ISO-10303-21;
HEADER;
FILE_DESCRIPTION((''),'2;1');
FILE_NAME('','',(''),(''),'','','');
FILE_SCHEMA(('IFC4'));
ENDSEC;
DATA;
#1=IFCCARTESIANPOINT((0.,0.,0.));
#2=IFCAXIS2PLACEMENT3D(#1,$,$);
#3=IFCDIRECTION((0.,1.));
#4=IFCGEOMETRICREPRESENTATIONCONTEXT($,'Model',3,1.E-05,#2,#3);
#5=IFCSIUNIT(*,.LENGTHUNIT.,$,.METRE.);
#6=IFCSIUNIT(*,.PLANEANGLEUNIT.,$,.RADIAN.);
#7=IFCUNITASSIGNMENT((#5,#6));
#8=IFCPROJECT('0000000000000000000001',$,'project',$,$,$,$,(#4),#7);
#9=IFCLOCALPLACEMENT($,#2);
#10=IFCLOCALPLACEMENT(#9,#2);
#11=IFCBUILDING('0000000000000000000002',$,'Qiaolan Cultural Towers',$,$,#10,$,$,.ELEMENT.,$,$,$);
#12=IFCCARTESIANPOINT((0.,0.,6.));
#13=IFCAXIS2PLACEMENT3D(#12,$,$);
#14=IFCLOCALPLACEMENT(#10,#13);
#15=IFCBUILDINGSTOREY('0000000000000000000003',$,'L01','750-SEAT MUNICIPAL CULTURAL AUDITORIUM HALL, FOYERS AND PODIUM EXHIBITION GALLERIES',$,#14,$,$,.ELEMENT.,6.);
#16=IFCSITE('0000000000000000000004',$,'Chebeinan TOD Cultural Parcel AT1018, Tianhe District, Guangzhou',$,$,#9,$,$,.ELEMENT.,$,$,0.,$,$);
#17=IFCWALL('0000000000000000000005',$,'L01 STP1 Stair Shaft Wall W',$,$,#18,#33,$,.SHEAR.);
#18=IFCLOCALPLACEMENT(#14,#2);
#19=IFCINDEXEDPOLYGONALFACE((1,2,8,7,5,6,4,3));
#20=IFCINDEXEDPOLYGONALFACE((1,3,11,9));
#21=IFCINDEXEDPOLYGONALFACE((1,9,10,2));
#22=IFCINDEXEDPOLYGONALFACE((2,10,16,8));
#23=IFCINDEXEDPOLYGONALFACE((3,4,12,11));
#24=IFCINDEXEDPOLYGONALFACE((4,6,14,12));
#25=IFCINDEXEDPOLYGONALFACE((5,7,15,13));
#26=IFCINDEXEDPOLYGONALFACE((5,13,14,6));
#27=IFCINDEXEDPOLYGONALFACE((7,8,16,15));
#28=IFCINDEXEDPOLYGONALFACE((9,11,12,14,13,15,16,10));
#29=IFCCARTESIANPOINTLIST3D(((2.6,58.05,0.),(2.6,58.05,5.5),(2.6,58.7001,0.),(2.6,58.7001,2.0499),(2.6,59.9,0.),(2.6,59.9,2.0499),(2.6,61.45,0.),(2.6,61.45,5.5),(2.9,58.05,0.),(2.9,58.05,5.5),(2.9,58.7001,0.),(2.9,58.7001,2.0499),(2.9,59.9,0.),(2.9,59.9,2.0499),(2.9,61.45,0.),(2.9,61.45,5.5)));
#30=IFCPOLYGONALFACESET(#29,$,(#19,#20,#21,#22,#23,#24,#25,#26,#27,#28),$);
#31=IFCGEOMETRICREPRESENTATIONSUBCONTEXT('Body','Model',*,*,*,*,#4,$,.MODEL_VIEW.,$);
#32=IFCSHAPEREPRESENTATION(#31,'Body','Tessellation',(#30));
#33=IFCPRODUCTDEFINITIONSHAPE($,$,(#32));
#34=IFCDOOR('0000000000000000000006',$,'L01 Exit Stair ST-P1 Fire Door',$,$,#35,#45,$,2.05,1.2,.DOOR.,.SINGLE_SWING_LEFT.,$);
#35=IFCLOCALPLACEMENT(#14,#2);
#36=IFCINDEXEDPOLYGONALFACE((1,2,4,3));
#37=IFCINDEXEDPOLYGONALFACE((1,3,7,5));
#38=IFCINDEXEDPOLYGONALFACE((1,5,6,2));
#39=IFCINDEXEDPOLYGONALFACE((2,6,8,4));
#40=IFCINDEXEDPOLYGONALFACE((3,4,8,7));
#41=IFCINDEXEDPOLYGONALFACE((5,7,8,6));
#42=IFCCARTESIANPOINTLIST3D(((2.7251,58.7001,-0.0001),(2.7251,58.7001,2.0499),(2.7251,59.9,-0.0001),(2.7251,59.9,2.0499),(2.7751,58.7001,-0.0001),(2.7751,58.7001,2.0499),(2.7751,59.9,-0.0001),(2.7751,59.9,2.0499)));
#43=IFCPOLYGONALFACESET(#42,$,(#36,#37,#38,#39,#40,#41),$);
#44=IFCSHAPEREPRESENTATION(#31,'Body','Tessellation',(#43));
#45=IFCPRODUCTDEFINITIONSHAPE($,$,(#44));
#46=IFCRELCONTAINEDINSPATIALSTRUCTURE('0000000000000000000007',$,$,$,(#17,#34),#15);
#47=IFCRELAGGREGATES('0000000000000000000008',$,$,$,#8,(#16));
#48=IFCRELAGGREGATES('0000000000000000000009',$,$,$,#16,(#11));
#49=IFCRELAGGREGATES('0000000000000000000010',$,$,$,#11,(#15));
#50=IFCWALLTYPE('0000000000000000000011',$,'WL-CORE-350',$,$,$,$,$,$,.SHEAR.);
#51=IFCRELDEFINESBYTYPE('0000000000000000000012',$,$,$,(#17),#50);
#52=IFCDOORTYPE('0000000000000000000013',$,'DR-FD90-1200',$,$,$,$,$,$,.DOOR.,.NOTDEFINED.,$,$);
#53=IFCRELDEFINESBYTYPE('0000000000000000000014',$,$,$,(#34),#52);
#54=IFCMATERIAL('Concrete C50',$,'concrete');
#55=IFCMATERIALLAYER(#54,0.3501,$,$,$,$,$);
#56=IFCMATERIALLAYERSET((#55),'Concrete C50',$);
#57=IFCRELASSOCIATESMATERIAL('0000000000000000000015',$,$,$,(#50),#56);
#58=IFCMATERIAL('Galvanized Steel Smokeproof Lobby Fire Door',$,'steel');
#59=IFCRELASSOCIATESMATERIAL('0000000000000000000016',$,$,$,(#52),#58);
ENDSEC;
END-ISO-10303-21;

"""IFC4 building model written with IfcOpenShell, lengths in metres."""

from ifc_helpers import new_model, si_unit, direction, frame, frame_2d, origin, place, context, subcontext, project, spatial, rectangle, extrude, material, layer, layer_set, type_object, element, fill, save


model = new_model("IFC4")

# Units and contexts
model_context = context("Model", 3, precision=1e-05, world=origin(), true_north=direction((0.0, 1.0)))
body_context = subcontext(model_context, "Body", "Model", "MODEL_VIEW")
ifc_project = project(units=[si_unit("LENGTHUNIT", "METRE"), si_unit("PLANEANGLEUNIT", "RADIAN")], contexts=[model_context])

# Site, building, storey
site_placement = place(None, origin())
site = spatial("IfcSite", under=ifc_project, at=site_placement, Name="Chebeinan TOD Cultural Parcel AT1018, Tianhe District, Guangzhou", CompositionType="ELEMENT", RefElevation=0.0)
building_placement = place(site_placement, origin())
building = spatial("IfcBuilding", under=site, at=building_placement, Name="Qiaolan Cultural Towers", CompositionType="ELEMENT")
storey_placement = place(building_placement, frame((0.0, 0.0, 6.0)))
storey = spatial("IfcBuildingStorey", under=building, at=storey_placement, Name="L01", Description="750-SEAT MUNICIPAL CULTURAL AUDITORIUM HALL, FOYERS AND PODIUM EXHIBITION GALLERIES", CompositionType="ELEMENT", Elevation=6.0)

# Shared definitions
ifc_material_1 = material(Name="Concrete C50", Category="concrete")
ifc_layer_1 = layer(ifc_material_1, 0.3501)
ifc_layer_set_1 = layer_set([ifc_layer_1], Name="Concrete C50")
wall_type_1 = type_object("IfcWallType", Name="WL-CORE-350", PredefinedType="SHEAR", material=ifc_layer_set_1)

# Wall, opening, door
wall_1_placement = place(storey_placement, frame((2.75, 58.05, 0.0), z_axis=(0.0, 0.0, 1.0), x_axis=(0.0, 1.0, 0.0)))
wall_1 = element("IfcWall", 1, at=wall_1_placement, inside=storey, type_object=wall_type_1, Name="L01 STP1 Stair Shaft Wall W", PredefinedType="SHEAR", context=body_context, shape_type="SweptSolid", body=[
    extrude(rectangle(XDim=3.3999, YDim=0.3, at=frame_2d((1.7, 0.0))), origin(), (0.0, 0.0, 1.0), 5.5),
])
opening_1_placement = place(wall_1_placement, frame((0.6499, 0.0, 0.0)))
opening_1 = element("IfcOpeningElement", 2, at=opening_1_placement, cuts=wall_1, PredefinedType="OPENING", context=body_context, shape_type="SweptSolid", body=[
    extrude(rectangle(XDim=1.2, YDim=2.05, at=frame_2d((0.6001, 1.0249))), frame((0.0, 0.1599, 0.0), z_axis=(0.0, -1.0, 0.0), x_axis=(1.0, 0.0, 0.0)), (0.0, 0.0, 1.0), 0.3201),
])
ifc_material_2 = material(Name="Galvanized Steel Smokeproof Lobby Fire Door", Category="steel")
door_type = type_object("IfcDoorType", Name="DR-FD90-1200", OperationType="NOTDEFINED", PredefinedType="DOOR", material=ifc_material_2)
door_placement = place(opening_1_placement, origin())
door = element("IfcDoor", 3, at=door_placement, inside=storey, type_object=door_type, Name="L01 Exit Stair ST-P1 Fire Door", OperationType="SINGLE_SWING_LEFT", OverallHeight=2.05, OverallWidth=1.2, PredefinedType="DOOR", context=body_context, shape_type="SweptSolid", body=[
    extrude(rectangle(XDim=1.2, YDim=2.05, at=frame_2d((0.6001, 1.0249))), frame((0.0, 0.0249, 0.0), z_axis=(0.0, -1.0, 0.0), x_axis=(1.0, 0.0, 0.0)), (0.0, 0.0, 1.0), 0.05),
])
fill(opening_1, door)

save(model, "model.ifc")
